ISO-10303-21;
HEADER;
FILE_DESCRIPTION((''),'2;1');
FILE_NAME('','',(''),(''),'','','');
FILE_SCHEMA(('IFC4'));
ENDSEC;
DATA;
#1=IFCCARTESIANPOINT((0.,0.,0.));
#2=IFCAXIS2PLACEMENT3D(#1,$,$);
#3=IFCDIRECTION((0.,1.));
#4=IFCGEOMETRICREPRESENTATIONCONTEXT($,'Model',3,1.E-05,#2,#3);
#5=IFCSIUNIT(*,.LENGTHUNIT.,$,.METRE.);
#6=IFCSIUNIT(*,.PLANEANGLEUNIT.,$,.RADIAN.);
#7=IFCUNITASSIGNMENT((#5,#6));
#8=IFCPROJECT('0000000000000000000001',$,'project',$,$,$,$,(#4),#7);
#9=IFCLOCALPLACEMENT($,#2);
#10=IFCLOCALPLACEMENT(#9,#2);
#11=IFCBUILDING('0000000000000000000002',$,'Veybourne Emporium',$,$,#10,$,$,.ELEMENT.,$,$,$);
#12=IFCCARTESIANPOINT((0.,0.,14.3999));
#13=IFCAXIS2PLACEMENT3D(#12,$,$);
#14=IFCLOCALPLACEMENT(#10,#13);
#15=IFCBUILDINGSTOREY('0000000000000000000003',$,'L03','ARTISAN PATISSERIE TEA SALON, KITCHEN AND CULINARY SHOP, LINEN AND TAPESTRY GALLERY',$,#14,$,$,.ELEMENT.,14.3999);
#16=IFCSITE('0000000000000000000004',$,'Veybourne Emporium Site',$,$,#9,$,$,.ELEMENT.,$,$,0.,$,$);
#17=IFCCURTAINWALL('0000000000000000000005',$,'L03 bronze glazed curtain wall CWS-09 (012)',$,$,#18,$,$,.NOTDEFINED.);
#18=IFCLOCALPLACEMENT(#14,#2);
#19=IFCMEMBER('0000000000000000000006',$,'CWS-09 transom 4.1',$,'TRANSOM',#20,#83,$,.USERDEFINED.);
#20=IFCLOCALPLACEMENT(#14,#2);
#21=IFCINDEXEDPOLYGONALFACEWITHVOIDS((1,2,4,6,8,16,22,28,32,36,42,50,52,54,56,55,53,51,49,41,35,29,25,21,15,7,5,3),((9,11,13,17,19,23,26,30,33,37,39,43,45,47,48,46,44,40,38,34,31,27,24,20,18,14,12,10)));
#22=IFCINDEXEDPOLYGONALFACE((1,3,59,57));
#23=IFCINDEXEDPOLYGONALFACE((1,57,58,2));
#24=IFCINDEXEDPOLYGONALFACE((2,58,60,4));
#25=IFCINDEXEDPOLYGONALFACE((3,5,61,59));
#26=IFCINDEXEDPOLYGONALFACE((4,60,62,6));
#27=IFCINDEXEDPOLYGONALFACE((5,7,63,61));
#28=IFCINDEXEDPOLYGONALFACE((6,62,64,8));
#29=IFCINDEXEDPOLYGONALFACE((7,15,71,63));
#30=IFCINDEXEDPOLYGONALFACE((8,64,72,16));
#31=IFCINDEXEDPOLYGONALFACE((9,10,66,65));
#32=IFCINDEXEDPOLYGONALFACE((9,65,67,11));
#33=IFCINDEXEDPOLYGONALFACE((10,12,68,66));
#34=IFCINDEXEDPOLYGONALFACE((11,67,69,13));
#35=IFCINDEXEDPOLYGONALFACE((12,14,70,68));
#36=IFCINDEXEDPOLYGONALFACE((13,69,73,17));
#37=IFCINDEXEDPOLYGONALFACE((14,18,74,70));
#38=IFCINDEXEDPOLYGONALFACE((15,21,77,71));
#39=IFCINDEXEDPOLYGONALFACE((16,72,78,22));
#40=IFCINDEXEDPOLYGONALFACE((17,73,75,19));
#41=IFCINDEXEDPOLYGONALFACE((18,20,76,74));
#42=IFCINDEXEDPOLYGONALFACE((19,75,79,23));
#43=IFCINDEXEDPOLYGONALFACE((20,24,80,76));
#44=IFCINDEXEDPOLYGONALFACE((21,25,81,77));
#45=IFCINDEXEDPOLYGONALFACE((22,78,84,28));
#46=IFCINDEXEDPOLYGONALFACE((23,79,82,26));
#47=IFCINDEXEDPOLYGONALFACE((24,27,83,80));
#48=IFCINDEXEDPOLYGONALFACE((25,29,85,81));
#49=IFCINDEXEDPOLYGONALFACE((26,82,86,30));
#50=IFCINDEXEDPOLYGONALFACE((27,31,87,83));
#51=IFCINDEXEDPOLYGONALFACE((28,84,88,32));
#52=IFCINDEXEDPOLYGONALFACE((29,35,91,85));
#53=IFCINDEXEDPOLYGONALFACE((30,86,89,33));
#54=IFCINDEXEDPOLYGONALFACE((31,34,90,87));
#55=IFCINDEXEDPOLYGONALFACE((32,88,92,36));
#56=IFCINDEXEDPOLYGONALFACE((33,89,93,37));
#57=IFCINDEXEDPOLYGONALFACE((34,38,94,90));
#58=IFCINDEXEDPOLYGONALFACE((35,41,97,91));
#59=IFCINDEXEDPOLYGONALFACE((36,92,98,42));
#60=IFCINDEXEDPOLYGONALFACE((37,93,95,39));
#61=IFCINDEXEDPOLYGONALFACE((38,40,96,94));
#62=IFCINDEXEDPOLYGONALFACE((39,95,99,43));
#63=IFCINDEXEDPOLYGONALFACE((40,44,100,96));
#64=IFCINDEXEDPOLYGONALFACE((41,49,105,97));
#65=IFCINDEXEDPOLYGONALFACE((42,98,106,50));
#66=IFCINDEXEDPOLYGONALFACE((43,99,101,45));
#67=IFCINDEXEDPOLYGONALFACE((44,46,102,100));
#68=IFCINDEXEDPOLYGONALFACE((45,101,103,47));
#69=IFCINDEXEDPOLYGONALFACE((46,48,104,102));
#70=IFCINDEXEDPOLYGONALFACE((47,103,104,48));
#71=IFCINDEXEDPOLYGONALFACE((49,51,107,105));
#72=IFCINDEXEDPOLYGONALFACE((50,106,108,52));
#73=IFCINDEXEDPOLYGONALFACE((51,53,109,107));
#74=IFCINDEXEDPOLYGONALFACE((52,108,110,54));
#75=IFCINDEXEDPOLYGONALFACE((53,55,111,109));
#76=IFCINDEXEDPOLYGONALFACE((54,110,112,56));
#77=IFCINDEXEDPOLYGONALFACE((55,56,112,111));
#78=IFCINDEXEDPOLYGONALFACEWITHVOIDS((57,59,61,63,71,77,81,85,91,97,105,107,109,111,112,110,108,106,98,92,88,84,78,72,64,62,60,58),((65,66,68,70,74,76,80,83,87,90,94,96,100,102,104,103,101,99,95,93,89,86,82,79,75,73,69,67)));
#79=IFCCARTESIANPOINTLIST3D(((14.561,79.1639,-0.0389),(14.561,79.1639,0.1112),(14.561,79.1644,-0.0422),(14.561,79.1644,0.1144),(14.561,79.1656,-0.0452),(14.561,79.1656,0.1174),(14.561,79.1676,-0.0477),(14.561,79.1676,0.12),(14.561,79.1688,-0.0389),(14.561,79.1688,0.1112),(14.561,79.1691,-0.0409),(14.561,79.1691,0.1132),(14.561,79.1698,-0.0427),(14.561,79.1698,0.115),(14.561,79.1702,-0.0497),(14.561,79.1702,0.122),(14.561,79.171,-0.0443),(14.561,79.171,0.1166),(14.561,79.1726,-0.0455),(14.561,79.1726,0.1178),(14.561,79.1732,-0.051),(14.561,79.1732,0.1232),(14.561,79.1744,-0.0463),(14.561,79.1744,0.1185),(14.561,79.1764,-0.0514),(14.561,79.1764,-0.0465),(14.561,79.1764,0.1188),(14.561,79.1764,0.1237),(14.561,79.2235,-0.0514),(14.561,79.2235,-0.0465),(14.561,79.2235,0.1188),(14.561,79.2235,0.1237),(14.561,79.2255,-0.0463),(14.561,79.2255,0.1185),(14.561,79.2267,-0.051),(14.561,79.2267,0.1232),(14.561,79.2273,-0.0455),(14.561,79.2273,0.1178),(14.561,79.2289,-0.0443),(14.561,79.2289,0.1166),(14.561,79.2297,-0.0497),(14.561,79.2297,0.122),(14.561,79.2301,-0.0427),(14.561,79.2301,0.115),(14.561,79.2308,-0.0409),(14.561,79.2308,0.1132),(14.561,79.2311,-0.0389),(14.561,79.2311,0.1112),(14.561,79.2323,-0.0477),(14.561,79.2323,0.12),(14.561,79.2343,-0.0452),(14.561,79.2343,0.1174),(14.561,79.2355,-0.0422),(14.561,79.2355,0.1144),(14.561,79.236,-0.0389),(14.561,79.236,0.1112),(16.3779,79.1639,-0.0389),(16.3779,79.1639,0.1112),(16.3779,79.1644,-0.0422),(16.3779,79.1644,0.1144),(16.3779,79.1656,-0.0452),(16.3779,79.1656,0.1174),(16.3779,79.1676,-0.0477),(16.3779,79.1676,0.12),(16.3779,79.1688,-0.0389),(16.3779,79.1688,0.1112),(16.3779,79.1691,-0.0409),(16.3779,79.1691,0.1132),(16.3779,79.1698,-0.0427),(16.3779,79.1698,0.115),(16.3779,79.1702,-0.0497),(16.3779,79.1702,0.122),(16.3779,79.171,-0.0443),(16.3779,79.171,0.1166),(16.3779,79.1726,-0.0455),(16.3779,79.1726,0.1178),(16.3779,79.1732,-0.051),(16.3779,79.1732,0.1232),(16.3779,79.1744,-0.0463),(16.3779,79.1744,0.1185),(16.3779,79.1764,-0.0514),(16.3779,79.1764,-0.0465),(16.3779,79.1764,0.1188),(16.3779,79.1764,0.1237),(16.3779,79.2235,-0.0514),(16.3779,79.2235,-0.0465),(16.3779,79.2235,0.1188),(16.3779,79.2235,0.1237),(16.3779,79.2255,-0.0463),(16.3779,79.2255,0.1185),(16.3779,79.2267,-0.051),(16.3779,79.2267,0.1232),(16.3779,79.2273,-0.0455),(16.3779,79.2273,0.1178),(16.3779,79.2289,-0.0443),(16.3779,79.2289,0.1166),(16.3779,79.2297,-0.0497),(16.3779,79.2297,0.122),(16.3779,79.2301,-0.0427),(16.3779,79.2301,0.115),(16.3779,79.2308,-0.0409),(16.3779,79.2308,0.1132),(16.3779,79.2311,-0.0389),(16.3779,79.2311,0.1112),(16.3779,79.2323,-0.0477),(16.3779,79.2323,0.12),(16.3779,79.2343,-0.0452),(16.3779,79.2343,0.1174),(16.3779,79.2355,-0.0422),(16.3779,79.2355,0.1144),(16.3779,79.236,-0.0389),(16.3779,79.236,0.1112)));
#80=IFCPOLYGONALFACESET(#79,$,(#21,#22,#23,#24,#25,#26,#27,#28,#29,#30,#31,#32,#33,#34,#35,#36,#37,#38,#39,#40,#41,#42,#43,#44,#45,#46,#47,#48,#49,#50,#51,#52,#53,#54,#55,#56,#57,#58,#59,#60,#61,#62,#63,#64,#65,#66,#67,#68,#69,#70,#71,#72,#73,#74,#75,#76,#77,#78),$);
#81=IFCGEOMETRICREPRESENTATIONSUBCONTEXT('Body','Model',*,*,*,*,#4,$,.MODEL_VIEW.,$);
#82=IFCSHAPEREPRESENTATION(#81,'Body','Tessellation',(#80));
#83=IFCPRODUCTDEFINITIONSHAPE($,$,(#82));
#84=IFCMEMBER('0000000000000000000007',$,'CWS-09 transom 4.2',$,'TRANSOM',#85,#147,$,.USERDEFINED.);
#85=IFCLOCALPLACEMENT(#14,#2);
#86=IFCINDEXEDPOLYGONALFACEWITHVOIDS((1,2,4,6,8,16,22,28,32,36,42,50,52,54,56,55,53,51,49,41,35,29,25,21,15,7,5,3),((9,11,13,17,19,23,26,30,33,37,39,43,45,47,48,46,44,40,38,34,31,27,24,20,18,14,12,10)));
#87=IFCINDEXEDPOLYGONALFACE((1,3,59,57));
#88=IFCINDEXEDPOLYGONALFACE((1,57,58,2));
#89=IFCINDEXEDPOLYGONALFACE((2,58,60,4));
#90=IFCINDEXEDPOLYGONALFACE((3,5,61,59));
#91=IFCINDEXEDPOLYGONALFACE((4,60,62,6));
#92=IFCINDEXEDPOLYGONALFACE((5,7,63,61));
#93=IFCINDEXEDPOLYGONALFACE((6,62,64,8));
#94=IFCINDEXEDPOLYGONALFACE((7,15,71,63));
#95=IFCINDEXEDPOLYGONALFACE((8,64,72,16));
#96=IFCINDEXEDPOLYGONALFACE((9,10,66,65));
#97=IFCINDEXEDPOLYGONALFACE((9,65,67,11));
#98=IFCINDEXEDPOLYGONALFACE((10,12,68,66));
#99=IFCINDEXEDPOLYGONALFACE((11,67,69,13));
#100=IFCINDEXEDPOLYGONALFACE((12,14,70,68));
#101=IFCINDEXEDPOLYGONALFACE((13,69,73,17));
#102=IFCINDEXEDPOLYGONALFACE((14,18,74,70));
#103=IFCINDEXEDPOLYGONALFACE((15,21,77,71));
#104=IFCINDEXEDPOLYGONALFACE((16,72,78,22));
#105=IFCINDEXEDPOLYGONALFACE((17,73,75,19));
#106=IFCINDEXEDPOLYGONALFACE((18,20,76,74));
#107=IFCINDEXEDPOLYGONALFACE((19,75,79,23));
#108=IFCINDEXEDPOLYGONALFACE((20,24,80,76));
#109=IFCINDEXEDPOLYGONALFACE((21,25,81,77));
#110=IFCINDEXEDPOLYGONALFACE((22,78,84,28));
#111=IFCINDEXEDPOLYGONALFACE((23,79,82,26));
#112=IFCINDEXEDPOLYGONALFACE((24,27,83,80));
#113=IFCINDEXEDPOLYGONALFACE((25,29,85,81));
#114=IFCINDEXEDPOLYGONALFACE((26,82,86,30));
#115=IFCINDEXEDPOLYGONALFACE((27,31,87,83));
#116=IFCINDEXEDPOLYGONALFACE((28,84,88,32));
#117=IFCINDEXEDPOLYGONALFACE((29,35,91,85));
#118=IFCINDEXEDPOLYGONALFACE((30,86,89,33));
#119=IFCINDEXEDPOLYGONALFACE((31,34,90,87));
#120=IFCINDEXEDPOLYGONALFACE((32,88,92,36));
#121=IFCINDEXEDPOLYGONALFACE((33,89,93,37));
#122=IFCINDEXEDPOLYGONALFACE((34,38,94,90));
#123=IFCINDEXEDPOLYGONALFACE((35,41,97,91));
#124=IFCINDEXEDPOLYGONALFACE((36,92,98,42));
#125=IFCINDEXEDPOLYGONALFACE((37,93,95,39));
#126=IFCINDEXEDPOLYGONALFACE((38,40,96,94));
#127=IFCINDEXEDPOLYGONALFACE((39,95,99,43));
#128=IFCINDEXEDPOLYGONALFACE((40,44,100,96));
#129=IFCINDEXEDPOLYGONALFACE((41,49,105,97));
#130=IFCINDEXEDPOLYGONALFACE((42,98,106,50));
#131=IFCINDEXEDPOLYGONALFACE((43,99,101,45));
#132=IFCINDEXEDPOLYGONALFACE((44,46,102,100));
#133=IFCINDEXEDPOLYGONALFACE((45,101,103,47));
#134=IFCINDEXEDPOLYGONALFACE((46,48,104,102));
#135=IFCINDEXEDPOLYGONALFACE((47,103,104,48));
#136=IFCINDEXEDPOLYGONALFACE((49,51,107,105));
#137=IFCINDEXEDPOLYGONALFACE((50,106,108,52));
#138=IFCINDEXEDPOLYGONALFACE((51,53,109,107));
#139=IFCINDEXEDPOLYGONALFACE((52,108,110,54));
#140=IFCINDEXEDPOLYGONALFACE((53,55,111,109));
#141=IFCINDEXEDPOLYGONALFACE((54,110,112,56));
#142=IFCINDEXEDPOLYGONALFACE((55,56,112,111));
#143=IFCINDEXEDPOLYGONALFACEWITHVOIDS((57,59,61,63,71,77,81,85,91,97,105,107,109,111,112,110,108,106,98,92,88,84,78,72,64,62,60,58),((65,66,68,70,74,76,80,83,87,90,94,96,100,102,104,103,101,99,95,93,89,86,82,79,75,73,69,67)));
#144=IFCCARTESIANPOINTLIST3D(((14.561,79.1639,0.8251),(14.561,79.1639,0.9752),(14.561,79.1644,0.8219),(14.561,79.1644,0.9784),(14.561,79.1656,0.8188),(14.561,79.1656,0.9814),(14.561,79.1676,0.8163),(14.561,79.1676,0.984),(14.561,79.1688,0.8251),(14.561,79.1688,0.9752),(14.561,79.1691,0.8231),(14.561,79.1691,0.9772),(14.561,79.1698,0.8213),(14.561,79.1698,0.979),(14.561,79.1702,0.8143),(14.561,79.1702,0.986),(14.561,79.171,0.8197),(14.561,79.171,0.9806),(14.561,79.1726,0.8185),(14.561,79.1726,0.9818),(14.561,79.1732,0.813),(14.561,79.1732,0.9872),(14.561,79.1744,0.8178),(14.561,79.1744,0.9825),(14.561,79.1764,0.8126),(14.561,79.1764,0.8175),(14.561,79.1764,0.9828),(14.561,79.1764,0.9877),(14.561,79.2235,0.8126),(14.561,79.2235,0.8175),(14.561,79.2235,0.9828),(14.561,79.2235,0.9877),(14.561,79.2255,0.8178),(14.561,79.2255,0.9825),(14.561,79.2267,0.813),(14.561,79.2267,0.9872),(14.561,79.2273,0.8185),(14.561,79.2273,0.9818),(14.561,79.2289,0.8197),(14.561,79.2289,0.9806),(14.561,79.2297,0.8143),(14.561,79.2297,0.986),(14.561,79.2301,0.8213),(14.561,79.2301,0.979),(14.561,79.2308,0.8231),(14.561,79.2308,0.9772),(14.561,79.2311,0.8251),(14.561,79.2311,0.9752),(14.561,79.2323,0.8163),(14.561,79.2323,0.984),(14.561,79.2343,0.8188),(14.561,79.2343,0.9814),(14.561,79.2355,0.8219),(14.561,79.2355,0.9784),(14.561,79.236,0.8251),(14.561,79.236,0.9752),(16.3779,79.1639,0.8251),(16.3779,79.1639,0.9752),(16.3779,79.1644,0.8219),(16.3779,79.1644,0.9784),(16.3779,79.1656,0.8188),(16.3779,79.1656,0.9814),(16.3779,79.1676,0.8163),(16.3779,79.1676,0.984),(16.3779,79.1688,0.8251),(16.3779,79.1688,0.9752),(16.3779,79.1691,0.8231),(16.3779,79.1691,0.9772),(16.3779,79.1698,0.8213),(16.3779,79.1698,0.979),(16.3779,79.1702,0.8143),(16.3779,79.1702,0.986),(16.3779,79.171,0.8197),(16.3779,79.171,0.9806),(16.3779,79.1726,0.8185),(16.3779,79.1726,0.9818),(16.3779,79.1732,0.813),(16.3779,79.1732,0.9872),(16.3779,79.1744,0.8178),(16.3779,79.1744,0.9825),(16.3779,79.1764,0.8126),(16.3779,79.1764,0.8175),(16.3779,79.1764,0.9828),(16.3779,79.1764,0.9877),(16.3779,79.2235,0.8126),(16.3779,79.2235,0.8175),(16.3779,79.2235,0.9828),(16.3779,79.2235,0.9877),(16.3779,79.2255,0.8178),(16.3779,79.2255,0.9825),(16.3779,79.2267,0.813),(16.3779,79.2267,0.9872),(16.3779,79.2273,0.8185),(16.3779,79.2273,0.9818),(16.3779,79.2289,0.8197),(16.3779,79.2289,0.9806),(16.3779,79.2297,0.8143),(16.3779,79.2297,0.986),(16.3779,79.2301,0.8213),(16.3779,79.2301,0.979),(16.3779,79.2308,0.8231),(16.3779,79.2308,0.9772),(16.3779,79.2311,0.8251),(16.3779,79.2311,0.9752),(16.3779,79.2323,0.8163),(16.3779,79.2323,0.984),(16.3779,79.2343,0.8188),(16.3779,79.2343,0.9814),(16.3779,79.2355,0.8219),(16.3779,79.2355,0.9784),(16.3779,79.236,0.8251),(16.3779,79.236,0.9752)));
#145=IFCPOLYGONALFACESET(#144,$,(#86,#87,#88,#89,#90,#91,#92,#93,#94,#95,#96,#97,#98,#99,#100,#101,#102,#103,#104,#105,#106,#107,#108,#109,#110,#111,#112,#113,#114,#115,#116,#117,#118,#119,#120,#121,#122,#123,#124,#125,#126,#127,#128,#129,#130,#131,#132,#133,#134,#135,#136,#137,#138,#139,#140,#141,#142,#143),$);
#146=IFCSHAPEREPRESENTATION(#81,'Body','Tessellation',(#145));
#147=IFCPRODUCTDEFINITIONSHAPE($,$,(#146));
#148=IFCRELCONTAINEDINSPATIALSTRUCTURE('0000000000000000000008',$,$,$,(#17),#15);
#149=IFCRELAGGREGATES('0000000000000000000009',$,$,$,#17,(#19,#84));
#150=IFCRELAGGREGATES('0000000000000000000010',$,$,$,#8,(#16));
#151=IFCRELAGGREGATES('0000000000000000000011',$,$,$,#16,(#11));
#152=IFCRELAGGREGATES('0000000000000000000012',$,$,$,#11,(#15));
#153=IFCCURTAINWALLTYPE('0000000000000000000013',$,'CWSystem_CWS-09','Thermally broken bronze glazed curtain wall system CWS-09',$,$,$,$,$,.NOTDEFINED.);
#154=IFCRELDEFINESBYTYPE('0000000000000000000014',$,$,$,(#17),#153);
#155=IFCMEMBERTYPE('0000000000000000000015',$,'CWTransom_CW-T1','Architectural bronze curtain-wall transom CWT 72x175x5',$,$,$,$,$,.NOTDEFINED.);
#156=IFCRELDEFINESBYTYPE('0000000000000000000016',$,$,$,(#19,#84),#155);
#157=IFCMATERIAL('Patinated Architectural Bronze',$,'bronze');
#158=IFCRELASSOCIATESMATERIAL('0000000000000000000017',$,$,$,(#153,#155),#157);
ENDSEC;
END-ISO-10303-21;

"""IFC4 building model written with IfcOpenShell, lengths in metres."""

from ifc_helpers import new_model, si_unit, direction, frame, origin, origin_2d, place, context, subcontext, project, spatial, hollow_rectangle, extrude, material, material_profile, profile_set, type_object, element, aggregate, save


model = new_model("IFC4")

# Units and contexts
model_context = context("Model", 3, precision=1e-05, world=origin(), true_north=direction((0.0, 1.0)))
body_context = subcontext(model_context, "Body", "Model", "MODEL_VIEW")
ifc_project = project(units=[si_unit("LENGTHUNIT", "METRE"), si_unit("PLANEANGLEUNIT", "RADIAN")], contexts=[model_context])

# Site, building, storey
site_placement = place(None, origin())
site = spatial("IfcSite", under=ifc_project, at=site_placement, Name="Veybourne Emporium Site", CompositionType="ELEMENT", RefElevation=0.0)
building_placement = place(site_placement, origin())
building = spatial("IfcBuilding", under=site, at=building_placement, Name="Veybourne Emporium", CompositionType="ELEMENT")
storey_placement = place(building_placement, frame((0.0, 0.0, 14.3999)))
storey = spatial("IfcBuildingStorey", under=building, at=storey_placement, Name="L03", Description="ARTISAN PATISSERIE TEA SALON, KITCHEN AND CULINARY SHOP, LINEN AND TAPESTRY GALLERY", CompositionType="ELEMENT", Elevation=14.3999)

# Curtain wall
ifc_material_1 = material(Name="Patinated Architectural Bronze", Category="bronze")
curtain_wall_type_1 = type_object("IfcCurtainWallType", Name="CWSystem_CWS-09", Description="Thermally broken bronze glazed curtain wall system CWS-09", PredefinedType="NOTDEFINED", material=ifc_material_1)
curtain_wall_1_placement = place(storey_placement, origin())
curtain_wall_1 = element("IfcCurtainWall", 1, at=curtain_wall_1_placement, inside=storey, type_object=curtain_wall_type_1, Name="L03 bronze glazed curtain wall CWS-09 (012)", PredefinedType="NOTDEFINED")

# Members
ifc_material_profile_1 = material_profile(ifc_material_1, hollow_rectangle(XDim=0.072, YDim=0.175, WallThickness=0.0049, InnerFilletRadius=0.0076, OuterFilletRadius=0.0125, at=origin_2d()), Name="CWT 72x175x5")
ifc_profile_set_1 = profile_set([ifc_material_profile_1], Name="Patinated Architectural Bronze")
member_type_1 = type_object("IfcMemberType", Name="CWTransom_CW-T1", Description="Architectural bronze curtain-wall transom CWT 72x175x5", PredefinedType="NOTDEFINED", material=ifc_profile_set_1)
member_1_placement = place(storey_placement, frame((14.561, 79.2, 0.0361), z_axis=(1.0, 0.0, 0.0), x_axis=(0.0, 1.0, 0.0)))
member_1 = element("IfcMember", 2, at=member_1_placement, type_object=member_type_1, Name="CWS-09 transom 4.1", ObjectType="TRANSOM", PredefinedType="USERDEFINED", context=body_context, shape_type="SweptSolid", body=[
    extrude(hollow_rectangle(XDim=0.072, YDim=0.175, WallThickness=0.0049, InnerFilletRadius=0.0076, OuterFilletRadius=0.0125, at=origin_2d()), origin(), (0.0, 0.0, 1.0), 1.8169),
])
member_2_placement = place(storey_placement, frame((14.561, 79.2, 0.9001), z_axis=(1.0, 0.0, 0.0), x_axis=(0.0, 1.0, 0.0)))
member_2 = element("IfcMember", 3, at=member_2_placement, type_object=member_type_1, Name="CWS-09 transom 4.2", ObjectType="TRANSOM", PredefinedType="USERDEFINED", context=body_context, shape_type="SweptSolid", body=[
    extrude(hollow_rectangle(XDim=0.072, YDim=0.175, WallThickness=0.0049, InnerFilletRadius=0.0076, OuterFilletRadius=0.0125, at=origin_2d()), origin(), (0.0, 0.0, 1.0), 1.8169),
])

aggregate(curtain_wall_1, [member_1, member_2])

save(model, "model.ifc")
